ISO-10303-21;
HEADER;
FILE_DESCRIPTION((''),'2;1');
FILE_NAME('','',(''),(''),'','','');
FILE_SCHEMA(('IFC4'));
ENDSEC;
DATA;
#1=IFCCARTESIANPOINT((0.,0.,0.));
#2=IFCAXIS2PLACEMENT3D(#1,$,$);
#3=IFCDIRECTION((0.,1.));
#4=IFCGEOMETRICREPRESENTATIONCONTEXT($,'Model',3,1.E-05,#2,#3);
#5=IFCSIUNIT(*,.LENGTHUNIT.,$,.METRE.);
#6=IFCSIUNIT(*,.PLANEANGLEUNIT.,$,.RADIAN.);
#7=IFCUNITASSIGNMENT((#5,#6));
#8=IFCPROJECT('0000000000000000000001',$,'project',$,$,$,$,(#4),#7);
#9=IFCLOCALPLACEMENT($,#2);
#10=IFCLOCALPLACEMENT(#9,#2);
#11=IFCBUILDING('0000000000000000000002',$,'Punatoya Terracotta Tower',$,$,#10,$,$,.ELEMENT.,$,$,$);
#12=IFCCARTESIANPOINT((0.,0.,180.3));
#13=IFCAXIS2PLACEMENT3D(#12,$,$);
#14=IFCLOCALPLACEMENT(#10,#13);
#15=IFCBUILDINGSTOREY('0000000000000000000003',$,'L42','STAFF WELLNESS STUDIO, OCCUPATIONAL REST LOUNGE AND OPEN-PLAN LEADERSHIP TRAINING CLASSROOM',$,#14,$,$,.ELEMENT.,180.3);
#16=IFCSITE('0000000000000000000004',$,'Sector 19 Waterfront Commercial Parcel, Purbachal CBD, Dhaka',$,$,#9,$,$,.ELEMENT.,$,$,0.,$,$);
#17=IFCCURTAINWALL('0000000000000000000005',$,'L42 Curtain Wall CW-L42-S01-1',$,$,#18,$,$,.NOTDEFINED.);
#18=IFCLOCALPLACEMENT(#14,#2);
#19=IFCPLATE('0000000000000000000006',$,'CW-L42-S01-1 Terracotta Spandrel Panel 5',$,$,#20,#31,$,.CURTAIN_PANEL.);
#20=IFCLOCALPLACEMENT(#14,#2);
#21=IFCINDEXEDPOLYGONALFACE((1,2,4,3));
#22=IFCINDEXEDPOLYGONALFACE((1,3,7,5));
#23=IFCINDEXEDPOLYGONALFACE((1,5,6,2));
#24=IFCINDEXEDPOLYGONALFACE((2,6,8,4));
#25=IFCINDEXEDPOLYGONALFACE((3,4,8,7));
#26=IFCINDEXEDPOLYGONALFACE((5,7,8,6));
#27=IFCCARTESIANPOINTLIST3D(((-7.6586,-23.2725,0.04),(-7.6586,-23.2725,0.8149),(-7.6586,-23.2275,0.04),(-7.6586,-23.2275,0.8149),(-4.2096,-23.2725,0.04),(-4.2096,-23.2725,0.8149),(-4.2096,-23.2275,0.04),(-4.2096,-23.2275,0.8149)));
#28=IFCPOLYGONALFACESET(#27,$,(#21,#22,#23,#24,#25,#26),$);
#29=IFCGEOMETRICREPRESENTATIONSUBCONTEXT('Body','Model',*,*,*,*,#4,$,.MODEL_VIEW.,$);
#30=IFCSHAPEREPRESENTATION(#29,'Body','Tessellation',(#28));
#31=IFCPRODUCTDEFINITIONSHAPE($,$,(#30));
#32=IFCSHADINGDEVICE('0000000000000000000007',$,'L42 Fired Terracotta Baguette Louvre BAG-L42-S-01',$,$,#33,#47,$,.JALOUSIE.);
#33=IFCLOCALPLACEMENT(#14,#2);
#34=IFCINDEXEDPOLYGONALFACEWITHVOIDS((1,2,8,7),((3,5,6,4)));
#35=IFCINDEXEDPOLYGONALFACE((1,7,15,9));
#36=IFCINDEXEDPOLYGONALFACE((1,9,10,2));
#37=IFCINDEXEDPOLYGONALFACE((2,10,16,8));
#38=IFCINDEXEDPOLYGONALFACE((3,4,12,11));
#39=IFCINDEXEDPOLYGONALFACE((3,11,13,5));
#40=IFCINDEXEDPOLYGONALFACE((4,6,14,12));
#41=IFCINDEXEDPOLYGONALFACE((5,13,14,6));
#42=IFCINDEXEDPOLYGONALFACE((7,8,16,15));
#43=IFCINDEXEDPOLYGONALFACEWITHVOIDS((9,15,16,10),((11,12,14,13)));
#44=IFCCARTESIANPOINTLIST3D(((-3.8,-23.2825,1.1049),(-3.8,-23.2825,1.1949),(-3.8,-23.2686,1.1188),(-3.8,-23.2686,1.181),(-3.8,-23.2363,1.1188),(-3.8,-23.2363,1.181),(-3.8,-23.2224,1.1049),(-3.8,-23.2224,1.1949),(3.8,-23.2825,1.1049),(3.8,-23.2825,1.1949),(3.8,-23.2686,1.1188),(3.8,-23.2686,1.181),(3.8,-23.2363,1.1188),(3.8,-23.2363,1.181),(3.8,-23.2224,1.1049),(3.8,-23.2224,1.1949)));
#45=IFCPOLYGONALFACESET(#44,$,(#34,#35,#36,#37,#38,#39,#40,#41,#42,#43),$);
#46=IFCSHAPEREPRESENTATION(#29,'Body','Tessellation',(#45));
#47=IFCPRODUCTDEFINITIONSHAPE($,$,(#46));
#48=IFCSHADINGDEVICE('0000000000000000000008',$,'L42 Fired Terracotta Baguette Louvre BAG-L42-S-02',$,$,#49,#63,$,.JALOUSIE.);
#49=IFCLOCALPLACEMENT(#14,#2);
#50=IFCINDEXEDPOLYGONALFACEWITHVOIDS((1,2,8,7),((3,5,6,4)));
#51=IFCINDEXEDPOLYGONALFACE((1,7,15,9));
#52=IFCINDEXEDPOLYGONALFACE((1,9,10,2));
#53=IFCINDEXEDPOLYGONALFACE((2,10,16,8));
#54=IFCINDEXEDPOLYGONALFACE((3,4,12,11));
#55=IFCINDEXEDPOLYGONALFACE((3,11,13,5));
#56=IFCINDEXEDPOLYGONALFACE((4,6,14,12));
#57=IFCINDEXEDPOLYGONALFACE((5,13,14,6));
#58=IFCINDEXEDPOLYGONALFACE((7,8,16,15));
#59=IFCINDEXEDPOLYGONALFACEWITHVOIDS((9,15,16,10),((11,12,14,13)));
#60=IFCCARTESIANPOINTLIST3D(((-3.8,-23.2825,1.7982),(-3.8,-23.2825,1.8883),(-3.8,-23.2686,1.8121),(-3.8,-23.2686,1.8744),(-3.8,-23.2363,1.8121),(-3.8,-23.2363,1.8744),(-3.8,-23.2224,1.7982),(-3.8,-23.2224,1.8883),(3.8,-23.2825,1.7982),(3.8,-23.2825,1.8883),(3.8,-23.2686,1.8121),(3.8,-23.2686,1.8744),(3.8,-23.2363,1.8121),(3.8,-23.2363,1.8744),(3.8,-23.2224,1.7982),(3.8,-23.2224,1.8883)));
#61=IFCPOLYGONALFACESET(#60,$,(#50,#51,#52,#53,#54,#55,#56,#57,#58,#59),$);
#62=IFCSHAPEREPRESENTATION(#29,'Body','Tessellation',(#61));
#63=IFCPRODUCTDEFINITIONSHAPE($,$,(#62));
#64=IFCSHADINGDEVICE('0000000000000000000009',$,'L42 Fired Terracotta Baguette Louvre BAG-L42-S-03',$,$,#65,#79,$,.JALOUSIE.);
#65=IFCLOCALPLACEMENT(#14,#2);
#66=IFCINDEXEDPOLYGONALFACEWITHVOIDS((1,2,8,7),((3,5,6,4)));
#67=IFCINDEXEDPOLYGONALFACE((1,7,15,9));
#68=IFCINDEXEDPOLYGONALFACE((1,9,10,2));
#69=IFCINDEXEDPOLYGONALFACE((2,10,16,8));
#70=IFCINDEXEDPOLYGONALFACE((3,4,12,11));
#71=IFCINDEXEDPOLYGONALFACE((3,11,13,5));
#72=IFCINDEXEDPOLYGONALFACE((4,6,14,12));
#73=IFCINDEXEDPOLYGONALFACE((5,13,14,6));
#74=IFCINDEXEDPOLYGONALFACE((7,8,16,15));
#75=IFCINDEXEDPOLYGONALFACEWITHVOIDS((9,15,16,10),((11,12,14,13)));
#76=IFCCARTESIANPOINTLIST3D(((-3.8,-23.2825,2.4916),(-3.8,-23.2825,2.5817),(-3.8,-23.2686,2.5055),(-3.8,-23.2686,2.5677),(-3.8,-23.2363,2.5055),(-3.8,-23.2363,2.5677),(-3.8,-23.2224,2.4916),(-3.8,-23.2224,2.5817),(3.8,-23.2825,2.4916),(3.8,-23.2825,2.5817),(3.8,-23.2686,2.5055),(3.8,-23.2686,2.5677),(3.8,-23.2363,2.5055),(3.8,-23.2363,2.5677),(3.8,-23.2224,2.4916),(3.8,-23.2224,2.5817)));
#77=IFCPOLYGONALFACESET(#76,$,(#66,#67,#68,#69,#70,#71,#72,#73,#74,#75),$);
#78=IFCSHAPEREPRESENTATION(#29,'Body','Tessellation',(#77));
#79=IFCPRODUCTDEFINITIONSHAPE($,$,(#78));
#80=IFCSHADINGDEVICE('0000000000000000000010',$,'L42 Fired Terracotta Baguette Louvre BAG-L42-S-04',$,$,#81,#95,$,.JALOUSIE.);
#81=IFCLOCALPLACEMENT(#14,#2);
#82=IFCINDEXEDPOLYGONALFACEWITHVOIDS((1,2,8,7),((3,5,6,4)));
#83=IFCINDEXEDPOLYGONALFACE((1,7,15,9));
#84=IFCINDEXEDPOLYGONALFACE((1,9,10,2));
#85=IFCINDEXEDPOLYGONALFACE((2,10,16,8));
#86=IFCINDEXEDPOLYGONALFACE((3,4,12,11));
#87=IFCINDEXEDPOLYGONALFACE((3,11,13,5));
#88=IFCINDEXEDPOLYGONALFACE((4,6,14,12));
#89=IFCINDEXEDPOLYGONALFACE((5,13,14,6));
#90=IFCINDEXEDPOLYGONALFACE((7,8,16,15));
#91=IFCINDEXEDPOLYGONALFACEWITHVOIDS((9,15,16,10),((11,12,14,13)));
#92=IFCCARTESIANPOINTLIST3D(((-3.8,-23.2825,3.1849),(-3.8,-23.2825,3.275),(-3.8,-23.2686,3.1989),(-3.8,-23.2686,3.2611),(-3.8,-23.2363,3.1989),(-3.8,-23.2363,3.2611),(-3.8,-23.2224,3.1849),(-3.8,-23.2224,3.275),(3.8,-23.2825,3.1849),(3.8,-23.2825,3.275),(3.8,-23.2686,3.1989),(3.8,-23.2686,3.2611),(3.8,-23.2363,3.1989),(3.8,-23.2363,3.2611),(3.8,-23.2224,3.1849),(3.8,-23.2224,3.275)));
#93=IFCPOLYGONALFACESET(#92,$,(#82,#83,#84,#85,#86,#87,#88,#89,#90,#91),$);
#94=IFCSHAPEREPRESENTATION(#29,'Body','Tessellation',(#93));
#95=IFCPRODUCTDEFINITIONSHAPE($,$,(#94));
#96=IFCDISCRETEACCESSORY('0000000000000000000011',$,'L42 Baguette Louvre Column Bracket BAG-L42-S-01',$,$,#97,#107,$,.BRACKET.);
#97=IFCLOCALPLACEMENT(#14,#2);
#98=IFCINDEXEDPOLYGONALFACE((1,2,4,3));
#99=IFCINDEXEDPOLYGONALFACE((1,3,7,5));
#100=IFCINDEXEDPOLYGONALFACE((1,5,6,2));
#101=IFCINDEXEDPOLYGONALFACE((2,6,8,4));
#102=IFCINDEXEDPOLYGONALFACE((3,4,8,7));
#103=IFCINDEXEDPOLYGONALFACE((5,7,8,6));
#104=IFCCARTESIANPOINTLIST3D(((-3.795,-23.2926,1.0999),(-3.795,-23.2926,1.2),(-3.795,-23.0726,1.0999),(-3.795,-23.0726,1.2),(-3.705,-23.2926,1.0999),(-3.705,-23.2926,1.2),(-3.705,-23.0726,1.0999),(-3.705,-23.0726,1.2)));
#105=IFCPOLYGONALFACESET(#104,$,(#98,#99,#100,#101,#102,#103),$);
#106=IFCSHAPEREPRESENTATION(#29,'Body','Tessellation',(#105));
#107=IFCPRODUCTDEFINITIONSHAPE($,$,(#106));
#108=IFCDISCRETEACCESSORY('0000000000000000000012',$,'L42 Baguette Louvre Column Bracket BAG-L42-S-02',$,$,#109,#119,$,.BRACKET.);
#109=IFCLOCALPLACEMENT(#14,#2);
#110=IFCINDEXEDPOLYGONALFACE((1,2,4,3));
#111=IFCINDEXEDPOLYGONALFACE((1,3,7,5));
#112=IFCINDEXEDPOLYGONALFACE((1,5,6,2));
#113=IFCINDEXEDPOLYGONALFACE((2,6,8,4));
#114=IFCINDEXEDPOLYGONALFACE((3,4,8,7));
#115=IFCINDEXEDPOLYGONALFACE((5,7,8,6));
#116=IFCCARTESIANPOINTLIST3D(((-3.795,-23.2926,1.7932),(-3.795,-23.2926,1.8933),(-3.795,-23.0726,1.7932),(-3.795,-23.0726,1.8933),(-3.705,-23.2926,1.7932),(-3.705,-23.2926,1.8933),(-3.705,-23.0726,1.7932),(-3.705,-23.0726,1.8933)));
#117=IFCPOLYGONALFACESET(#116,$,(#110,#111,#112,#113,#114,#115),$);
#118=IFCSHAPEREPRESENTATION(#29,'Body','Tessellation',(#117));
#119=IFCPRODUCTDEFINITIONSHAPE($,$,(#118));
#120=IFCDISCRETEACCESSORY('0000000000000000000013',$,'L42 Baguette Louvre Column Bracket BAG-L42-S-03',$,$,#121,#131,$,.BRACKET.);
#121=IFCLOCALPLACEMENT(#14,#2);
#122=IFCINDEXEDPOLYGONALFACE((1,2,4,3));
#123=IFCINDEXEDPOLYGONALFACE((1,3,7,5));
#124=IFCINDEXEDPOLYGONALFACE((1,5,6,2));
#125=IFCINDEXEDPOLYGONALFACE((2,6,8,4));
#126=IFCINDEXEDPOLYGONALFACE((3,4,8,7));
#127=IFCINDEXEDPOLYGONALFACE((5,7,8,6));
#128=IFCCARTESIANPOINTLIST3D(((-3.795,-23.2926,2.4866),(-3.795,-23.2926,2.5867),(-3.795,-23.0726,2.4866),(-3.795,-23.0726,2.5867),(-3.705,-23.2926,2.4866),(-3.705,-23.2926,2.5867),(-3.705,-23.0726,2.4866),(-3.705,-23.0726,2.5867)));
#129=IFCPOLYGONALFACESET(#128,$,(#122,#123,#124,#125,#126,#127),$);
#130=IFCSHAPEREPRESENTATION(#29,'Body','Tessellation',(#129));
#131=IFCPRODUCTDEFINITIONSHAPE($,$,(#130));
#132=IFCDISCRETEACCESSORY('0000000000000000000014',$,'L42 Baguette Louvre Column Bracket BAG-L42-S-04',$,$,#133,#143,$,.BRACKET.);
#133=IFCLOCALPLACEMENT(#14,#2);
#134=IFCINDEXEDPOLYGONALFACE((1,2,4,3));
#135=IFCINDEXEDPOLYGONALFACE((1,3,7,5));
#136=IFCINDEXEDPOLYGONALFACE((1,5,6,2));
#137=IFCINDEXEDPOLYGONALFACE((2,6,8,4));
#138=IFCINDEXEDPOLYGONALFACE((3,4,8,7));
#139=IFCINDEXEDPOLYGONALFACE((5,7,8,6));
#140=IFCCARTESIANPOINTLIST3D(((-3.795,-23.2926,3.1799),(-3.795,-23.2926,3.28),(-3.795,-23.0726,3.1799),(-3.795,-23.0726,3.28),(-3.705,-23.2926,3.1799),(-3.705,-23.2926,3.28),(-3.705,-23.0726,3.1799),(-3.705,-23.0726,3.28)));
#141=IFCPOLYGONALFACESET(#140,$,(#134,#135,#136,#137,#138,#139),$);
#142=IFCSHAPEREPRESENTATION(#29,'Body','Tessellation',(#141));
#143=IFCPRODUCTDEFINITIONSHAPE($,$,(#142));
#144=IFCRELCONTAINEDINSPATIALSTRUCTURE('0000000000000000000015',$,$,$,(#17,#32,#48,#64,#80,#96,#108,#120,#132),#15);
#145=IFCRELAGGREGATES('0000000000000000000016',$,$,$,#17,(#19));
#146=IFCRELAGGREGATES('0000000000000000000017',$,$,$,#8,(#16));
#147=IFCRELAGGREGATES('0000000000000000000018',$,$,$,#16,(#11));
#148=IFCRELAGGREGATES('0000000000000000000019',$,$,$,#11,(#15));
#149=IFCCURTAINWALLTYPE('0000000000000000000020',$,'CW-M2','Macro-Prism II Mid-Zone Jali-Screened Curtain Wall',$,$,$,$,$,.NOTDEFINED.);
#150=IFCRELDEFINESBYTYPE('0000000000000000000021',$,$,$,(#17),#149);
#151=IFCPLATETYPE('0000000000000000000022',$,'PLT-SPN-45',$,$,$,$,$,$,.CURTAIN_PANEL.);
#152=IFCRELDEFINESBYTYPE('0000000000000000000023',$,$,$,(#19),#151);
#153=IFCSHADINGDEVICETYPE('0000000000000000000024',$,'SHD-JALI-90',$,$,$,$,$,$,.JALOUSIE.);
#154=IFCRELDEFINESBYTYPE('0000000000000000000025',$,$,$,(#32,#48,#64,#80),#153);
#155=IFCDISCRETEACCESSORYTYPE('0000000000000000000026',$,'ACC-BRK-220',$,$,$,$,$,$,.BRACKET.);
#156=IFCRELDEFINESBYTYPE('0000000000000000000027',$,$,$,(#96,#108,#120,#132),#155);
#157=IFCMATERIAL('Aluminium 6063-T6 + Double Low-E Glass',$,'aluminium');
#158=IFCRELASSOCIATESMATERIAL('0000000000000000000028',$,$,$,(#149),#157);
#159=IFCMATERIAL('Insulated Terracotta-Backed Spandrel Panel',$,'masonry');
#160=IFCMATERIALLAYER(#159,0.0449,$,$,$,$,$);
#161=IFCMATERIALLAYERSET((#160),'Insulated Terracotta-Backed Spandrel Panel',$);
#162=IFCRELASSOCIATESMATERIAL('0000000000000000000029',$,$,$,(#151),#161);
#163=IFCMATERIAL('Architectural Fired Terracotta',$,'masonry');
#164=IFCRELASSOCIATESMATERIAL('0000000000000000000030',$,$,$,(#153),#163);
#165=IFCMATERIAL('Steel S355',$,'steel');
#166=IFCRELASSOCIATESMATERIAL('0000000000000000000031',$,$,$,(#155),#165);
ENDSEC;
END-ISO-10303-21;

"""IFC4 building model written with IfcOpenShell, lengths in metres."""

from ifc_helpers import new_model, si_unit, direction, frame, origin, origin_2d, place, context, subcontext, project, spatial, rectangle, hollow_rectangle, extrude, material, layer, layer_set, material_profile, profile_set, type_object, element, aggregate, save


model = new_model("IFC4")

# Units and contexts
model_context = context("Model", 3, precision=1e-05, world=origin(), true_north=direction((0.0, 1.0)))
body_context = subcontext(model_context, "Body", "Model", "MODEL_VIEW")
ifc_project = project(units=[si_unit("LENGTHUNIT", "METRE"), si_unit("PLANEANGLEUNIT", "RADIAN")], contexts=[model_context])

# Site, building, storey
site_placement = place(None, origin())
site = spatial("IfcSite", under=ifc_project, at=site_placement, Name="Sector 19 Waterfront Commercial Parcel, Purbachal CBD, Dhaka", CompositionType="ELEMENT", RefElevation=0.0)
building_placement = place(site_placement, origin())
building = spatial("IfcBuilding", under=site, at=building_placement, Name="Punatoya Terracotta Tower", CompositionType="ELEMENT")
storey_placement = place(building_placement, frame((0.0, 0.0, 180.3)))
storey = spatial("IfcBuildingStorey", under=building, at=storey_placement, Name="L42", Description="STAFF WELLNESS STUDIO, OCCUPATIONAL REST LOUNGE AND OPEN-PLAN LEADERSHIP TRAINING CLASSROOM", CompositionType="ELEMENT", Elevation=180.3)

# Curtain wall, plate
ifc_material_1 = material(Name="Aluminium 6063-T6 + Double Low-E Glass", Category="aluminium")
curtain_wall_type = type_object("IfcCurtainWallType", Name="CW-M2", Description="Macro-Prism II Mid-Zone Jali-Screened Curtain Wall", PredefinedType="NOTDEFINED", material=ifc_material_1)
curtain_wall_placement = place(storey_placement, origin())
curtain_wall = element("IfcCurtainWall", 1, at=curtain_wall_placement, inside=storey, type_object=curtain_wall_type, Name="L42 Curtain Wall CW-L42-S01-1", PredefinedType="NOTDEFINED")
ifc_material_2 = material(Name="Insulated Terracotta-Backed Spandrel Panel", Category="masonry")
ifc_layer_1 = layer(ifc_material_2, 0.0449)
ifc_layer_set_1 = layer_set([ifc_layer_1], Name="Insulated Terracotta-Backed Spandrel Panel")
plate_type_1 = type_object("IfcPlateType", Name="PLT-SPN-45", PredefinedType="CURTAIN_PANEL", material=ifc_layer_set_1)
plate_1_placement = place(storey_placement, frame((-5.9341, -23.25, 0.04), z_axis=(0.0, 0.0, 1.0), x_axis=(1.0, 0.0, 0.0)))
plate_1 = element("IfcPlate", 2, at=plate_1_placement, type_object=plate_type_1, Name="CW-L42-S01-1 Terracotta Spandrel Panel 5", PredefinedType="CURTAIN_PANEL", context=body_context, shape_type="SweptSolid", body=[
    extrude(rectangle(XDim=3.449, YDim=0.0449, at=origin_2d()), origin(), (0.0, 0.0, 1.0), 0.7749),
])
aggregate(curtain_wall, [plate_1])

# Shading devices
ifc_material_3 = material(Name="Architectural Fired Terracotta", Category="masonry")
ifc_material_profile_1 = material_profile(ifc_material_3, hollow_rectangle(XDim=0.0601, YDim=0.0901, WallThickness=0.0139, at=origin_2d()))
ifc_profile_set_1 = profile_set([ifc_material_profile_1], Name="Architectural Fired Terracotta")
shading_device_type = type_object("IfcShadingDeviceType", Name="SHD-JALI-90", PredefinedType="JALOUSIE", material=ifc_profile_set_1)
for number, where, z_axis, x_axis, name in (
    (3, (-3.8, -23.2524, 1.1499), (1.0, 0.0, 0.0), (0.0, 1.0, 0.0), "L42 Fired Terracotta Baguette Louvre BAG-L42-S-01"),
    (4, (-3.8, -23.2524, 1.8433), (1.0, 0.0, 0.0), (0.0, 1.0, 0.0), "L42 Fired Terracotta Baguette Louvre BAG-L42-S-02"),
    (5, (-3.8, -23.2524, 2.5366), (1.0, 0.0, 0.0), (0.0, 1.0, 0.0), "L42 Fired Terracotta Baguette Louvre BAG-L42-S-03"),
    (6, (-3.8, -23.2524, 3.23), (1.0, 0.0, 0.0), (0.0, 1.0, 0.0), "L42 Fired Terracotta Baguette Louvre BAG-L42-S-04"),
):
    element("IfcShadingDevice", number, at=place(storey_placement, frame(where, z_axis=z_axis, x_axis=x_axis)), inside=storey, type_object=shading_device_type, Name=name, PredefinedType="JALOUSIE", context=body_context, shape_type="SweptSolid", body=[
        extrude(hollow_rectangle(XDim=0.0601, YDim=0.0901, WallThickness=0.0139, at=origin_2d()), origin(), (0.0, 0.0, 1.0), 7.6001),
    ])

# Discrete accessories
ifc_material_4 = material(Name="Steel S355", Category="steel")
discrete_accessory_type = type_object("IfcDiscreteAccessoryType", Name="ACC-BRK-220", PredefinedType="BRACKET", material=ifc_material_4)
for number, where, z_axis, x_axis, name in (
    (7, (-3.75, -23.1826, 1.0999), (0.0, 0.0, 1.0), (1.0, 0.0, 0.0), "L42 Baguette Louvre Column Bracket BAG-L42-S-01"),
    (8, (-3.75, -23.1826, 1.7932), (0.0, 0.0, 1.0), (1.0, 0.0, 0.0), "L42 Baguette Louvre Column Bracket BAG-L42-S-02"),
    (9, (-3.75, -23.1826, 2.4866), (0.0, 0.0, 1.0), (1.0, 0.0, 0.0), "L42 Baguette Louvre Column Bracket BAG-L42-S-03"),
    (10, (-3.75, -23.1826, 3.1799), (0.0, 0.0, 1.0), (1.0, 0.0, 0.0), "L42 Baguette Louvre Column Bracket BAG-L42-S-04"),
):
    element("IfcDiscreteAccessory", number, at=place(storey_placement, frame(where, z_axis=z_axis, x_axis=x_axis)), inside=storey, type_object=discrete_accessory_type, Name=name, PredefinedType="BRACKET", context=body_context, shape_type="SweptSolid", body=[
        extrude(rectangle(XDim=0.0901, YDim=0.22, at=origin_2d()), origin(), (0.0, 0.0, 1.0), 0.1001),
    ])

save(model, "model.ifc")
